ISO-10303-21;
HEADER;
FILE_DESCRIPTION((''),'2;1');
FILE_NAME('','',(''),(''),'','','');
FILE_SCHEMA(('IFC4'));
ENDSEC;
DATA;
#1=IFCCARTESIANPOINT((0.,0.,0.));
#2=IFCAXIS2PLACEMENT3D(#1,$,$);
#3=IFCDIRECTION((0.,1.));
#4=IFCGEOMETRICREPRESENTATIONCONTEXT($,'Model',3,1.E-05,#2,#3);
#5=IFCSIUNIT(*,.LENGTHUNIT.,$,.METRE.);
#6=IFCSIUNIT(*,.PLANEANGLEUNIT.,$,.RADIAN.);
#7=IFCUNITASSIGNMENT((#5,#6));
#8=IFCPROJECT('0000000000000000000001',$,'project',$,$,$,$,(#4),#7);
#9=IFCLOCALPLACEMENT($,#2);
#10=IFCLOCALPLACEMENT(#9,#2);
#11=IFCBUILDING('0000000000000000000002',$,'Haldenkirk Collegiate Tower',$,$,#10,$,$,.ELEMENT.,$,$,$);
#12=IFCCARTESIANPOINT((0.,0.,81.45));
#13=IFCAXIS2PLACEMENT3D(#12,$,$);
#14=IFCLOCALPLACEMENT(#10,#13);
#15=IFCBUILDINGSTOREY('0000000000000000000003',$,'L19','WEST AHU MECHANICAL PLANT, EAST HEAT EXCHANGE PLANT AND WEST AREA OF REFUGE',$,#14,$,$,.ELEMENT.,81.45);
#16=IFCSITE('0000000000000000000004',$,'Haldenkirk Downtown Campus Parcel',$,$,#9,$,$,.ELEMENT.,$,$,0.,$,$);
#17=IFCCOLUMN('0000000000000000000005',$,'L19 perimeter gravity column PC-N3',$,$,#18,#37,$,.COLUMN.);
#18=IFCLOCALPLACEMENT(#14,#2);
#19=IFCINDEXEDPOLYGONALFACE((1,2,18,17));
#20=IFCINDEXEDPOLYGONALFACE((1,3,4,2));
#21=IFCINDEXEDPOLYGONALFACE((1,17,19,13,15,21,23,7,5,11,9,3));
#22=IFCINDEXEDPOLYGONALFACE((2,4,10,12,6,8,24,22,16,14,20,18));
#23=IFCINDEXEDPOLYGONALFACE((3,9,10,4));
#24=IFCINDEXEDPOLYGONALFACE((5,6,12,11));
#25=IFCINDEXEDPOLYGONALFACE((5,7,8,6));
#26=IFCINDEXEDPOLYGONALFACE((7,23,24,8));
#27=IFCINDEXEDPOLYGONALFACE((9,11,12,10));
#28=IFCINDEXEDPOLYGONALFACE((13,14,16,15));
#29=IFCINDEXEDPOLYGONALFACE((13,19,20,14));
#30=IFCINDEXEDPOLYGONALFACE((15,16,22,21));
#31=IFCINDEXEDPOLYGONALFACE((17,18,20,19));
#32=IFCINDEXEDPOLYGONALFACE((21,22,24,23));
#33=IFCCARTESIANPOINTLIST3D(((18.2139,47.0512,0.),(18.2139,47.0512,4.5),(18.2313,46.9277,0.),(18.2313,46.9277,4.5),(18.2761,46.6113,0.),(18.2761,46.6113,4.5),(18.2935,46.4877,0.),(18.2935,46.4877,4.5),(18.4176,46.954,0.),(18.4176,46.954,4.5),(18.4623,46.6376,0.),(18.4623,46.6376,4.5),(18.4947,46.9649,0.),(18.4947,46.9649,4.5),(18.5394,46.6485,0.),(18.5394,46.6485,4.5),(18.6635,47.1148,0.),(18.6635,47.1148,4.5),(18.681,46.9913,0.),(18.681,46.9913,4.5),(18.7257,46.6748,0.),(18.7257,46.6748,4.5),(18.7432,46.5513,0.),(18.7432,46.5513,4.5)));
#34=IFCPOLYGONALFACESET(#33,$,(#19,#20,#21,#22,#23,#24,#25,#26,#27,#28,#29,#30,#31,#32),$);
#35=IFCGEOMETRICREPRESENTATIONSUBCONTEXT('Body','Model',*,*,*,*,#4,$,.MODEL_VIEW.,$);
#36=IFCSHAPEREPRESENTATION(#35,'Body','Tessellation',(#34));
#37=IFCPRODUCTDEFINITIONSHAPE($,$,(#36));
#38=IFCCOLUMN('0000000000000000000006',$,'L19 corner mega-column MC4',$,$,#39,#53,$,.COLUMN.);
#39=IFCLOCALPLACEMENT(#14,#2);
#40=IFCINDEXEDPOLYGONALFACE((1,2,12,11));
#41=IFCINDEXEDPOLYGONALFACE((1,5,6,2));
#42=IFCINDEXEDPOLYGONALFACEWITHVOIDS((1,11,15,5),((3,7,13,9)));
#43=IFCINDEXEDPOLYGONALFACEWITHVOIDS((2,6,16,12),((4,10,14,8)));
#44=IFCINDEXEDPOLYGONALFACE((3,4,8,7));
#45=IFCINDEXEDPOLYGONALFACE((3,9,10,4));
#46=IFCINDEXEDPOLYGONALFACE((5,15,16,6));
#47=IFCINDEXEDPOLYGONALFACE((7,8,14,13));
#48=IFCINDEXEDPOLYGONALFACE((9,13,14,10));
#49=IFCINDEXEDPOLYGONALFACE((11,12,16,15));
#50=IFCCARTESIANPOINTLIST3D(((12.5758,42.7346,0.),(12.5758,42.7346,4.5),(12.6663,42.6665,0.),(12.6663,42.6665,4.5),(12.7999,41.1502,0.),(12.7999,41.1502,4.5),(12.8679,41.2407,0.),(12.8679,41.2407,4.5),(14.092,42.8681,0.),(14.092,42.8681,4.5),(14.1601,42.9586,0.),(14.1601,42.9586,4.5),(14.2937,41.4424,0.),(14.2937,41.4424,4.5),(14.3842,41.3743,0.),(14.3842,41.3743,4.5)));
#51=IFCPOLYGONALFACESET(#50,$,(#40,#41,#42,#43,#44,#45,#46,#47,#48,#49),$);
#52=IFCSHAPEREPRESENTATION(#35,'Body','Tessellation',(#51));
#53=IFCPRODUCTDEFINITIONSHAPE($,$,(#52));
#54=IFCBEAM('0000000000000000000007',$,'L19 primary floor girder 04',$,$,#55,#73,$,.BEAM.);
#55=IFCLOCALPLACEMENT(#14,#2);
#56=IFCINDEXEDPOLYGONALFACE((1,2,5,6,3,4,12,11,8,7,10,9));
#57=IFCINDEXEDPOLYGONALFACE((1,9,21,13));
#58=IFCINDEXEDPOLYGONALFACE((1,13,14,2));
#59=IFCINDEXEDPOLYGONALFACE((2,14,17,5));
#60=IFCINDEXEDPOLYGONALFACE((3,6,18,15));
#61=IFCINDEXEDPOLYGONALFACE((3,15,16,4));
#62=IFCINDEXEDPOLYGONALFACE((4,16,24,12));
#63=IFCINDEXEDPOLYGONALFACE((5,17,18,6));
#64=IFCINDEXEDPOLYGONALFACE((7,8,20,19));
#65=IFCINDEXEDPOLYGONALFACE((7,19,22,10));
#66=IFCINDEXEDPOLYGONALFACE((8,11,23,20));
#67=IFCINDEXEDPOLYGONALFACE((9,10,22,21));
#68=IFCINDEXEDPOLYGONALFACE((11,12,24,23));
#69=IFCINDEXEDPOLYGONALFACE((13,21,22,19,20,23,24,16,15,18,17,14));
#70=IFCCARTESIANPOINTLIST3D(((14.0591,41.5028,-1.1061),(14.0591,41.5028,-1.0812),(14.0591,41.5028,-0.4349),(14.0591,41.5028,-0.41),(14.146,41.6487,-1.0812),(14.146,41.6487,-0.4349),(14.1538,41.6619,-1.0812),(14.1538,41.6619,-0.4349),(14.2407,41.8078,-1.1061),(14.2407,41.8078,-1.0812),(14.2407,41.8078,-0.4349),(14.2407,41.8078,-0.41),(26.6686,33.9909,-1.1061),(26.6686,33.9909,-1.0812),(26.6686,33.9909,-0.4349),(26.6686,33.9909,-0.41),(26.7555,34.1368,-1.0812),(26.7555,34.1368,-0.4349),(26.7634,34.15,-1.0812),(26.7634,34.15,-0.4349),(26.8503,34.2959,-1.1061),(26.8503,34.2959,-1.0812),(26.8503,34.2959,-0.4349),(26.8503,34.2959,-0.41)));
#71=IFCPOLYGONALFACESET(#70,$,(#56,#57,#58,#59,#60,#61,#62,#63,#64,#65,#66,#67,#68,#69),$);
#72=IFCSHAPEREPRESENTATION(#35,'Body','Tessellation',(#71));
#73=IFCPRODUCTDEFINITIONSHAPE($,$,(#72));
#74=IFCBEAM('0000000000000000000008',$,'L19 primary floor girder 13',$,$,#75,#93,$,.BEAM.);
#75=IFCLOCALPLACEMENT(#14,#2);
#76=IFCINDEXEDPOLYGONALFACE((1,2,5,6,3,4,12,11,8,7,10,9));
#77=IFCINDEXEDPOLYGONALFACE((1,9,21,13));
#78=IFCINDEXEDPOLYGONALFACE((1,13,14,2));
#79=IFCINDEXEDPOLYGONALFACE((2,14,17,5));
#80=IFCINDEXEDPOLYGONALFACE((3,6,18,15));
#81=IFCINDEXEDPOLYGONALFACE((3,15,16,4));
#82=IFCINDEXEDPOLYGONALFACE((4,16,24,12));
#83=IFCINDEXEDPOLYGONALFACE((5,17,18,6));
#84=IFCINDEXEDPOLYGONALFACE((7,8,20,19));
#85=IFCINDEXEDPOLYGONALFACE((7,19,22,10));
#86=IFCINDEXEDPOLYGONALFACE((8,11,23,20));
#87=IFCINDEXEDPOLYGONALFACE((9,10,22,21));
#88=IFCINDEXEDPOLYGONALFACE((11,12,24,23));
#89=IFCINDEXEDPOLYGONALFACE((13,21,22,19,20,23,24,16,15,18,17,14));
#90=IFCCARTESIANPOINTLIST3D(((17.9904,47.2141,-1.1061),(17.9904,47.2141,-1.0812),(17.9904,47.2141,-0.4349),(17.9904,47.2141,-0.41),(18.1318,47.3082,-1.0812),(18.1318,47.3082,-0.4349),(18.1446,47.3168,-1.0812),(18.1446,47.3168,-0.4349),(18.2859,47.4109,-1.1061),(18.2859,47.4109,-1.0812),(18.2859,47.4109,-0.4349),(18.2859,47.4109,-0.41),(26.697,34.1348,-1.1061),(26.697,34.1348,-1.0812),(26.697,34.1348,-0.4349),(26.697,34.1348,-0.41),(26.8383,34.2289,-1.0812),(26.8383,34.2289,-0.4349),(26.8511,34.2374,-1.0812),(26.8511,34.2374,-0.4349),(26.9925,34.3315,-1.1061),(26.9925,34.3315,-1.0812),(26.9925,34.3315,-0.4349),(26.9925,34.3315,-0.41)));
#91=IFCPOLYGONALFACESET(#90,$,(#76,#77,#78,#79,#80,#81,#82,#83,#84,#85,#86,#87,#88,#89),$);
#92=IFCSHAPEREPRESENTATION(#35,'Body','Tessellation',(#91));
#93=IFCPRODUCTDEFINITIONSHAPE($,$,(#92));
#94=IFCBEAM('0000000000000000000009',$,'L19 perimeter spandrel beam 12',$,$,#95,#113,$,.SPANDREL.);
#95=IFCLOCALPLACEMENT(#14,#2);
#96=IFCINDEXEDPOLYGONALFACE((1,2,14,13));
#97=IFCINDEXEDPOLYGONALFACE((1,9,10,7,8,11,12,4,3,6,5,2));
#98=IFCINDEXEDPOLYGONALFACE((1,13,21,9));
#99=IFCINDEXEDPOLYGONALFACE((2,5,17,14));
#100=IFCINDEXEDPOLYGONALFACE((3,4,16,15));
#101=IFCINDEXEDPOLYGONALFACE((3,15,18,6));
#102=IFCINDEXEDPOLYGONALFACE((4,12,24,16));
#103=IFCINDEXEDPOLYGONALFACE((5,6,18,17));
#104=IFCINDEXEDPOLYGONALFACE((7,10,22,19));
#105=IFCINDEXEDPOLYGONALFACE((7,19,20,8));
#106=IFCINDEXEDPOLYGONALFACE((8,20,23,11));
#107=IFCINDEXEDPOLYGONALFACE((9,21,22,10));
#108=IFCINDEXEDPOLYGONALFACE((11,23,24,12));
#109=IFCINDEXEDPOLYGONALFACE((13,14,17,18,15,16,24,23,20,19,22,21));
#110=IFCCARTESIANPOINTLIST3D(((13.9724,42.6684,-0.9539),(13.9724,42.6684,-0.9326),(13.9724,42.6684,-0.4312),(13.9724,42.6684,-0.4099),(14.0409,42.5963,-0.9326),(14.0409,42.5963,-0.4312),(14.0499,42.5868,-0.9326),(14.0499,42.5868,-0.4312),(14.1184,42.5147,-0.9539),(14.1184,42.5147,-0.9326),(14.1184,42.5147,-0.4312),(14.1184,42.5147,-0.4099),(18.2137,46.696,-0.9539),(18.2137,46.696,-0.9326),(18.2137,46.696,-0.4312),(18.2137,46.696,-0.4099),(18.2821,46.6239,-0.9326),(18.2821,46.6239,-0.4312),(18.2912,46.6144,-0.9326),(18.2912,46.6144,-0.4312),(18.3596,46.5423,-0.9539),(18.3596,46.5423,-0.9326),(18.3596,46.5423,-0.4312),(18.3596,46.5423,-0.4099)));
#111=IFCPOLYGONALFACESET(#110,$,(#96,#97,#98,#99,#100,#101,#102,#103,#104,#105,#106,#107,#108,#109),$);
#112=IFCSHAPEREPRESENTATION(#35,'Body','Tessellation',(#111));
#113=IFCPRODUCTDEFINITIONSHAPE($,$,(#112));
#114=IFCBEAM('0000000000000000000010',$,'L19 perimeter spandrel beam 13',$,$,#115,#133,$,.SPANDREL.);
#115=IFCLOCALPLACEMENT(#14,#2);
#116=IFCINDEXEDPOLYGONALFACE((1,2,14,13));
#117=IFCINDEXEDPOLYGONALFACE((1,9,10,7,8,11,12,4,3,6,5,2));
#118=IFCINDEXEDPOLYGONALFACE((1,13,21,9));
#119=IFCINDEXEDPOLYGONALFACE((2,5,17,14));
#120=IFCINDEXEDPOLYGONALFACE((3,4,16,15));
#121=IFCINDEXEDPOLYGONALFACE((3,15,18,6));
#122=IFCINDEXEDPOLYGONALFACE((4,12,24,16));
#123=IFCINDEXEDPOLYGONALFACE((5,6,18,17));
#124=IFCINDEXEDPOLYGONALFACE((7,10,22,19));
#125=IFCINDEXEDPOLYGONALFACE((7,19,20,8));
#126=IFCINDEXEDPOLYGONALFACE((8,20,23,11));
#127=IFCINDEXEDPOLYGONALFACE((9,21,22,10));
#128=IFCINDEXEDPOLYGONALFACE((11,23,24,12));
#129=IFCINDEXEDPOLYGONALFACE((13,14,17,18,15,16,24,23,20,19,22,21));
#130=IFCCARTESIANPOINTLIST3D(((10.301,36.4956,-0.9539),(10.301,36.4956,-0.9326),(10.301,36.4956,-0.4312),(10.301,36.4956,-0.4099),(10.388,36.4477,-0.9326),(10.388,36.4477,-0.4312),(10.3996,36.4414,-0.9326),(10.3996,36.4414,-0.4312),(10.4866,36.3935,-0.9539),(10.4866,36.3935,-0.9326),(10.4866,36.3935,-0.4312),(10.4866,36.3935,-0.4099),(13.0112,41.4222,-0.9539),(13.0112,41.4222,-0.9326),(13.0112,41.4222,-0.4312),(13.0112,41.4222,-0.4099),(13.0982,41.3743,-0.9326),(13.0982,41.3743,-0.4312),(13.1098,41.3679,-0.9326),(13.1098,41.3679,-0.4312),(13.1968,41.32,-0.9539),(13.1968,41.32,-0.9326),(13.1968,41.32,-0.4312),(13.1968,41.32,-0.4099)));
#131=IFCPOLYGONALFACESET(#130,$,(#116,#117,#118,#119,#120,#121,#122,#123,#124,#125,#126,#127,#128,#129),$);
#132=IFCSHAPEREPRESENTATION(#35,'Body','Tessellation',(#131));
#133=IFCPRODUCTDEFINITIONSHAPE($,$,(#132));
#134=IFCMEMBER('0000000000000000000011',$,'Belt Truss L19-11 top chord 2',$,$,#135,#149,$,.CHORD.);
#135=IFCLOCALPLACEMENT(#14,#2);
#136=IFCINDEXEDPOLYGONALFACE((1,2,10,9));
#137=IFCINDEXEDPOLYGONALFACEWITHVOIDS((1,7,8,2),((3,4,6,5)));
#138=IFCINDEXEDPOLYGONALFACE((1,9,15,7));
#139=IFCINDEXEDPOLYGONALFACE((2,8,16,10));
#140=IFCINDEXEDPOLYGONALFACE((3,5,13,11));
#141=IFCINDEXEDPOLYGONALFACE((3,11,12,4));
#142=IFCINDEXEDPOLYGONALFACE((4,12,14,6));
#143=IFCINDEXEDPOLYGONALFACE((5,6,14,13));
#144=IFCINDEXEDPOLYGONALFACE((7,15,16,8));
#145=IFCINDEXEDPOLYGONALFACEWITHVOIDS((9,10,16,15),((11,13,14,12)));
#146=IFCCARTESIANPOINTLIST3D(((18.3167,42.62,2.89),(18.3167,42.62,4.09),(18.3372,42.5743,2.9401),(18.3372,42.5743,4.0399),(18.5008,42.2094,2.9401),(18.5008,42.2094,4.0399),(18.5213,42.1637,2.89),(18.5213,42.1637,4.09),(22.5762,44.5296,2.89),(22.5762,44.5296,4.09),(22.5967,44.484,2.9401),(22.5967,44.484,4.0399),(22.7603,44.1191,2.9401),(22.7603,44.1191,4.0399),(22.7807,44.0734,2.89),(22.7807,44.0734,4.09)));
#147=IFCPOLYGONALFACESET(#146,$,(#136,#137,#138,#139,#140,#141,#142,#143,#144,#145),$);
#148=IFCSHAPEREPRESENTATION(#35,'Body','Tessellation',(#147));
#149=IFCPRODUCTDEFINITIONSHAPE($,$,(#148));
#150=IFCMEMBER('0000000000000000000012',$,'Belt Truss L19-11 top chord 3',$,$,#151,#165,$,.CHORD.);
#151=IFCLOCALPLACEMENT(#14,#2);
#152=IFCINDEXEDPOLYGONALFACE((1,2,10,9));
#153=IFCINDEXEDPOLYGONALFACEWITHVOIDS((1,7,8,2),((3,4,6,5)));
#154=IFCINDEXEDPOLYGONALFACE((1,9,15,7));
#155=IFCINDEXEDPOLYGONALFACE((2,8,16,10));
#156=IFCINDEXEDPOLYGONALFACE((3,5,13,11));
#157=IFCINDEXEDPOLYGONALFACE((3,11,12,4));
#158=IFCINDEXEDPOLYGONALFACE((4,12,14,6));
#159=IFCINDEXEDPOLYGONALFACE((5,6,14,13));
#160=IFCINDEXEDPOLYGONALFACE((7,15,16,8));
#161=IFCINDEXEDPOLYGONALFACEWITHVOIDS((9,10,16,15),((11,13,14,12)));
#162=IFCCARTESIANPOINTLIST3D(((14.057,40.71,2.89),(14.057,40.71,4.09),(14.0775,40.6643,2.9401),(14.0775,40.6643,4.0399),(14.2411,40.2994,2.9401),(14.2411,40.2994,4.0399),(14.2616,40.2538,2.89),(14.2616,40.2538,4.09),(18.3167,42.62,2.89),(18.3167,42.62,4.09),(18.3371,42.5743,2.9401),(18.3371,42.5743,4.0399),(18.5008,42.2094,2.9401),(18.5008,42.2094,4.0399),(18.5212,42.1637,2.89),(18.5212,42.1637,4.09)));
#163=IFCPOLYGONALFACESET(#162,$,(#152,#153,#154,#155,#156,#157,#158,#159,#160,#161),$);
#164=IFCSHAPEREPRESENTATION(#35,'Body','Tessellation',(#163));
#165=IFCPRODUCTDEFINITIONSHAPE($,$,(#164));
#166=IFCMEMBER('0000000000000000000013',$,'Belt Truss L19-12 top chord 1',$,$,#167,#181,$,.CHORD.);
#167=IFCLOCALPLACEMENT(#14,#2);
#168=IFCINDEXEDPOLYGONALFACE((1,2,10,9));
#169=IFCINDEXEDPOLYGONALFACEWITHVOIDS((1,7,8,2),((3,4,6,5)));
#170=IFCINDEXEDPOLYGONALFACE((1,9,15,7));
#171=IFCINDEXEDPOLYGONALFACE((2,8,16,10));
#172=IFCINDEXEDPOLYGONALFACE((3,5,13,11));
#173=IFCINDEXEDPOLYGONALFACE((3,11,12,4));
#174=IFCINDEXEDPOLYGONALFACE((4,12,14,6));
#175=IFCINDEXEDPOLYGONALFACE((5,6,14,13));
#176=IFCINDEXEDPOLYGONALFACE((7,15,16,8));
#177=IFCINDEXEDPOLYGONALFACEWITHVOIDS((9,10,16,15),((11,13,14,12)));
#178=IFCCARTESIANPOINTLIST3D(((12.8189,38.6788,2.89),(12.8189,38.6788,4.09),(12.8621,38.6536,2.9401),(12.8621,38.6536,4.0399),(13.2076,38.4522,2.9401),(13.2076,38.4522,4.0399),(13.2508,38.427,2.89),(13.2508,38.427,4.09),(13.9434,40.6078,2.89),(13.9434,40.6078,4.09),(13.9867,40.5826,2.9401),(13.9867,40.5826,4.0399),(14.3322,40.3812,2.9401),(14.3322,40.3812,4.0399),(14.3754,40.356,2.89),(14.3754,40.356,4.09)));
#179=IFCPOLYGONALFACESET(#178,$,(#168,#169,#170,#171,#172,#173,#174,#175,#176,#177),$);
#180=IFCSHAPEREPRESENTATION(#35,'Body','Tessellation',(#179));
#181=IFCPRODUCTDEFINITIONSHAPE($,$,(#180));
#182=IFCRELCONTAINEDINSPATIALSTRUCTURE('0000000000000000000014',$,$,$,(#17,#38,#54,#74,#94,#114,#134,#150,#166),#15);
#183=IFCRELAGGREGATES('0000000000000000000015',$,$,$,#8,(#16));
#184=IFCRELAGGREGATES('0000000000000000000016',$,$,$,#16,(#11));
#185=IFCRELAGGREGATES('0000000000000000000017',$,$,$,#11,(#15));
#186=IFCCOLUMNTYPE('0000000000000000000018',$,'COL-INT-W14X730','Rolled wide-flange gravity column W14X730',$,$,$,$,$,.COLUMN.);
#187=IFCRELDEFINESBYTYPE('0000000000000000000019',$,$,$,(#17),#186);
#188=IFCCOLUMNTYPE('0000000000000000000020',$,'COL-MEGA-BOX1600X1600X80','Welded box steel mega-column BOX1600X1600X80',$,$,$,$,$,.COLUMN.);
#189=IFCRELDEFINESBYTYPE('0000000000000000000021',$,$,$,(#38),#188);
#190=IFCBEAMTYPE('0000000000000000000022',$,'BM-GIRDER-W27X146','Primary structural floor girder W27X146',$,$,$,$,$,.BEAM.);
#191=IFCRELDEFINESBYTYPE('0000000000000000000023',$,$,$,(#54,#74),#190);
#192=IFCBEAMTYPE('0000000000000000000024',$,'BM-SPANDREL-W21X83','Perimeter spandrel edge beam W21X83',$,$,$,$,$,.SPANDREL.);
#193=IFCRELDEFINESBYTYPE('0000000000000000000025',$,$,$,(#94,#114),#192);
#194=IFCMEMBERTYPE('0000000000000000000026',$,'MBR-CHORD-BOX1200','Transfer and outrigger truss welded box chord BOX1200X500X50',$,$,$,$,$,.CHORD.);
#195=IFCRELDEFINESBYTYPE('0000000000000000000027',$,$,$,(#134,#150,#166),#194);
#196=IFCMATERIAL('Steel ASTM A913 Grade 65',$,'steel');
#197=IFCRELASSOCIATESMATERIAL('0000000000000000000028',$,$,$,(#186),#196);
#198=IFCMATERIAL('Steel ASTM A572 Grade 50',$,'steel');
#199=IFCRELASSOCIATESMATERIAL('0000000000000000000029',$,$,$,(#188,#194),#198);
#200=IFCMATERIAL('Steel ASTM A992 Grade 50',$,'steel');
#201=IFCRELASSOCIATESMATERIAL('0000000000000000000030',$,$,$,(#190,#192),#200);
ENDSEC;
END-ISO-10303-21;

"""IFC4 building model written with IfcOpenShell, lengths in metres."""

from ifc_helpers import new_model, si_unit, direction, frame, origin, origin_2d, place, context, subcontext, project, spatial, hollow_rectangle, i_section, extrude, material, material_profile, profile_set, type_object, element, save


model = new_model("IFC4")

# Units and contexts
model_context = context("Model", 3, precision=1e-05, world=origin(), true_north=direction((0.0, 1.0)))
body_context = subcontext(model_context, "Body", "Model", "MODEL_VIEW")
ifc_project = project(units=[si_unit("LENGTHUNIT", "METRE"), si_unit("PLANEANGLEUNIT", "RADIAN")], contexts=[model_context])

# Site, building, storey
site_placement = place(None, origin())
site = spatial("IfcSite", under=ifc_project, at=site_placement, Name="Haldenkirk Downtown Campus Parcel", CompositionType="ELEMENT", RefElevation=0.0)
building_placement = place(site_placement, origin())
building = spatial("IfcBuilding", under=site, at=building_placement, Name="Haldenkirk Collegiate Tower", CompositionType="ELEMENT")
storey_placement = place(building_placement, frame((0.0, 0.0, 81.45)))
storey = spatial("IfcBuildingStorey", under=building, at=storey_placement, Name="L19", Description="WEST AHU MECHANICAL PLANT, EAST HEAT EXCHANGE PLANT AND WEST AREA OF REFUGE", CompositionType="ELEMENT", Elevation=81.45)

# Columns
ifc_material_1 = material(Name="Steel ASTM A913 Grade 65", Category="steel")
ifc_material_profile_1 = material_profile(ifc_material_1, i_section(OverallWidth=0.4541, OverallDepth=0.5691, WebThickness=0.0779, FlangeThickness=0.1248, at=origin_2d()), Name="W14X730")
ifc_profile_set_1 = profile_set([ifc_material_profile_1], Name="Steel ASTM A913 Grade 65")
column_type_1 = type_object("IfcColumnType", Name="COL-INT-W14X730", Description="Rolled wide-flange gravity column W14X730", PredefinedType="COLUMN", material=ifc_profile_set_1)
column_1_placement = place(storey_placement, frame((18.4785, 46.8013, 0.0), z_axis=(0.0, 0.0, 1.0), x_axis=(0.990146, 0.140037, 0.0)))
element("IfcColumn", 1, at=column_1_placement, inside=storey, type_object=column_type_1, Name="L19 perimeter gravity column PC-N3", PredefinedType="COLUMN", context=body_context, shape_type="SweptSolid", body=[
    extrude(i_section(OverallWidth=0.4541, OverallDepth=0.5691, WebThickness=0.0779, FlangeThickness=0.1248, at=origin_2d()), origin(), (0.0, 0.0, 1.0), 4.5),
])
ifc_material_2 = material(Name="Steel ASTM A572 Grade 50", Category="steel")
ifc_material_profile_2 = material_profile(ifc_material_2, hollow_rectangle(XDim=1.6001, YDim=1.6001, WallThickness=0.0801, at=origin_2d()), Name="BOX1600X1600X80")
ifc_profile_set_2 = profile_set([ifc_material_profile_2], Name="Steel ASTM A572 Grade 50")
column_type_2 = type_object("IfcColumnType", Name="COL-MEGA-BOX1600X1600X80", Description="Welded box steel mega-column BOX1600X1600X80", PredefinedType="COLUMN", material=ifc_profile_set_2)
column_2_placement = place(storey_placement, frame((13.48, 42.0544, 0.0), z_axis=(0.0, 0.0, 1.0), x_axis=(0.990146, 0.140037, 0.0)))
element("IfcColumn", 2, at=column_2_placement, inside=storey, type_object=column_type_2, Name="L19 corner mega-column MC4", PredefinedType="COLUMN", context=body_context, shape_type="SweptSolid", body=[
    extrude(hollow_rectangle(XDim=1.6001, YDim=1.6001, WallThickness=0.0801, at=origin_2d()), origin(), (0.0, 0.0, 1.0), 4.5),
])

# Beams
ifc_material_3 = material(Name="Steel ASTM A992 Grade 50", Category="steel")
ifc_material_profile_3 = material_profile(ifc_material_3, i_section(OverallWidth=0.355, OverallDepth=0.696, WebThickness=0.0154, FlangeThickness=0.0249, at=origin_2d()), Name="W27X146")
ifc_profile_set_3 = profile_set([ifc_material_profile_3], Name="Steel ASTM A992 Grade 50")
beam_type_1 = type_object("IfcBeamType", Name="BM-GIRDER-W27X146", Description="Primary structural floor girder W27X146", PredefinedType="BEAM", material=ifc_profile_set_3)
beam_1_placement = place(storey_placement, frame((14.1499, 41.6553, -0.7581), z_axis=(0.859106, -0.511798, 0.0), x_axis=(0.511798, 0.859106, 0.0)))
element("IfcBeam", 3, at=beam_1_placement, inside=storey, type_object=beam_type_1, Name="L19 primary floor girder 04", PredefinedType="BEAM", context=body_context, shape_type="SweptSolid", body=[
    extrude(i_section(OverallWidth=0.355, OverallDepth=0.696, WebThickness=0.0154, FlangeThickness=0.0249, at=origin_2d()), origin(), (0.0, 0.0, 1.0), 14.6775),
])
beam_2_placement = place(storey_placement, frame((18.1382, 47.3125, -0.7581), z_axis=(0.554126, -0.832433, 0.0), x_axis=(0.832433, 0.554126, 0.0)))
element("IfcBeam", 4, at=beam_2_placement, inside=storey, type_object=beam_type_1, Name="L19 primary floor girder 13", PredefinedType="BEAM", context=body_context, shape_type="SweptSolid", body=[
    extrude(i_section(OverallWidth=0.355, OverallDepth=0.696, WebThickness=0.0154, FlangeThickness=0.0249, at=origin_2d()), origin(), (0.0, 0.0, 1.0), 15.7122),
])
ifc_material_profile_4 = material_profile(ifc_material_3, i_section(OverallWidth=0.2119, OverallDepth=0.5439, WebThickness=0.0132, FlangeThickness=0.0212, at=origin_2d()), Name="W21X83")
ifc_profile_set_4 = profile_set([ifc_material_profile_4], Name="Steel ASTM A992 Grade 50")
beam_type_2 = type_object("IfcBeamType", Name="BM-SPANDREL-W21X83", Description="Perimeter spandrel edge beam W21X83", PredefinedType="SPANDREL", material=ifc_profile_set_4)
beam_3_placement = place(storey_placement, frame((18.2866, 46.6191, -0.6819), z_axis=(-0.725133, -0.688609, 0.0), x_axis=(0.688609, -0.725133, 0.0)))
element("IfcBeam", 5, at=beam_3_placement, inside=storey, type_object=beam_type_2, Name="L19 perimeter spandrel beam 12", PredefinedType="SPANDREL", context=body_context, shape_type="SweptSolid", body=[
    extrude(i_section(OverallWidth=0.2119, OverallDepth=0.5439, WebThickness=0.0132, FlangeThickness=0.0212, at=origin_2d()), origin(), (0.0, 0.0, 1.0), 5.8489),
])
beam_4_placement = place(storey_placement, frame((13.104, 41.3711, -0.6819), z_axis=(-0.482004, -0.876169, 0.0), x_axis=(0.876169, -0.482004, 0.0)))
element("IfcBeam", 6, at=beam_4_placement, inside=storey, type_object=beam_type_2, Name="L19 perimeter spandrel beam 13", PredefinedType="SPANDREL", context=body_context, shape_type="SweptSolid", body=[
    extrude(i_section(OverallWidth=0.2119, OverallDepth=0.5439, WebThickness=0.0132, FlangeThickness=0.0212, at=origin_2d()), origin(), (0.0, 0.0, 1.0), 5.6228),
])

# Members
ifc_material_profile_5 = material_profile(ifc_material_2, hollow_rectangle(XDim=0.5, YDim=1.2, WallThickness=0.05, at=origin_2d()), Name="BOX1200X500X50")
ifc_profile_set_5 = profile_set([ifc_material_profile_5], Name="Steel ASTM A572 Grade 50")
member_type_1 = type_object("IfcMemberType", Name="MBR-CHORD-BOX1200", Description="Transfer and outrigger truss welded box chord BOX1200X500X50", PredefinedType="CHORD", material=ifc_profile_set_5)
member_1_placement = place(storey_placement, frame((22.6785, 44.3015, 3.49), z_axis=(-0.912491, -0.409096, 0.0), x_axis=(0.409096, -0.912491, 0.0)))
element("IfcMember", 7, at=member_1_placement, inside=storey, type_object=member_type_1, Name="Belt Truss L19-11 top chord 2", PredefinedType="CHORD", context=body_context, shape_type="SweptSolid", body=[
    extrude(hollow_rectangle(XDim=0.5, YDim=1.2, WallThickness=0.05, at=origin_2d()), origin(), (0.0, 0.0, 1.0), 4.668),
])
member_2_placement = place(storey_placement, frame((18.4189, 42.3918, 3.49), z_axis=(-0.912472, -0.40914, 0.0), x_axis=(0.40914, -0.912472, 0.0)))
element("IfcMember", 8, at=member_2_placement, inside=storey, type_object=member_type_1, Name="Belt Truss L19-11 top chord 3", PredefinedType="CHORD", context=body_context, shape_type="SweptSolid", body=[
    extrude(hollow_rectangle(XDim=0.5, YDim=1.2, WallThickness=0.05, at=origin_2d()), origin(), (0.0, 0.0, 1.0), 4.6682),
])
member_3_placement = place(storey_placement, frame((14.1594, 40.4819, 3.49), z_axis=(-0.503633, -0.863918, 0.0), x_axis=(0.863918, -0.503633, 0.0)))
element("IfcMember", 9, at=member_3_placement, inside=storey, type_object=member_type_1, Name="Belt Truss L19-12 top chord 1", PredefinedType="CHORD", context=body_context, shape_type="SweptSolid", body=[
    extrude(hollow_rectangle(XDim=0.5, YDim=1.2, WallThickness=0.05, at=origin_2d()), origin(), (0.0, 0.0, 1.0), 2.2329),
])

save(model, "model.ifc")
